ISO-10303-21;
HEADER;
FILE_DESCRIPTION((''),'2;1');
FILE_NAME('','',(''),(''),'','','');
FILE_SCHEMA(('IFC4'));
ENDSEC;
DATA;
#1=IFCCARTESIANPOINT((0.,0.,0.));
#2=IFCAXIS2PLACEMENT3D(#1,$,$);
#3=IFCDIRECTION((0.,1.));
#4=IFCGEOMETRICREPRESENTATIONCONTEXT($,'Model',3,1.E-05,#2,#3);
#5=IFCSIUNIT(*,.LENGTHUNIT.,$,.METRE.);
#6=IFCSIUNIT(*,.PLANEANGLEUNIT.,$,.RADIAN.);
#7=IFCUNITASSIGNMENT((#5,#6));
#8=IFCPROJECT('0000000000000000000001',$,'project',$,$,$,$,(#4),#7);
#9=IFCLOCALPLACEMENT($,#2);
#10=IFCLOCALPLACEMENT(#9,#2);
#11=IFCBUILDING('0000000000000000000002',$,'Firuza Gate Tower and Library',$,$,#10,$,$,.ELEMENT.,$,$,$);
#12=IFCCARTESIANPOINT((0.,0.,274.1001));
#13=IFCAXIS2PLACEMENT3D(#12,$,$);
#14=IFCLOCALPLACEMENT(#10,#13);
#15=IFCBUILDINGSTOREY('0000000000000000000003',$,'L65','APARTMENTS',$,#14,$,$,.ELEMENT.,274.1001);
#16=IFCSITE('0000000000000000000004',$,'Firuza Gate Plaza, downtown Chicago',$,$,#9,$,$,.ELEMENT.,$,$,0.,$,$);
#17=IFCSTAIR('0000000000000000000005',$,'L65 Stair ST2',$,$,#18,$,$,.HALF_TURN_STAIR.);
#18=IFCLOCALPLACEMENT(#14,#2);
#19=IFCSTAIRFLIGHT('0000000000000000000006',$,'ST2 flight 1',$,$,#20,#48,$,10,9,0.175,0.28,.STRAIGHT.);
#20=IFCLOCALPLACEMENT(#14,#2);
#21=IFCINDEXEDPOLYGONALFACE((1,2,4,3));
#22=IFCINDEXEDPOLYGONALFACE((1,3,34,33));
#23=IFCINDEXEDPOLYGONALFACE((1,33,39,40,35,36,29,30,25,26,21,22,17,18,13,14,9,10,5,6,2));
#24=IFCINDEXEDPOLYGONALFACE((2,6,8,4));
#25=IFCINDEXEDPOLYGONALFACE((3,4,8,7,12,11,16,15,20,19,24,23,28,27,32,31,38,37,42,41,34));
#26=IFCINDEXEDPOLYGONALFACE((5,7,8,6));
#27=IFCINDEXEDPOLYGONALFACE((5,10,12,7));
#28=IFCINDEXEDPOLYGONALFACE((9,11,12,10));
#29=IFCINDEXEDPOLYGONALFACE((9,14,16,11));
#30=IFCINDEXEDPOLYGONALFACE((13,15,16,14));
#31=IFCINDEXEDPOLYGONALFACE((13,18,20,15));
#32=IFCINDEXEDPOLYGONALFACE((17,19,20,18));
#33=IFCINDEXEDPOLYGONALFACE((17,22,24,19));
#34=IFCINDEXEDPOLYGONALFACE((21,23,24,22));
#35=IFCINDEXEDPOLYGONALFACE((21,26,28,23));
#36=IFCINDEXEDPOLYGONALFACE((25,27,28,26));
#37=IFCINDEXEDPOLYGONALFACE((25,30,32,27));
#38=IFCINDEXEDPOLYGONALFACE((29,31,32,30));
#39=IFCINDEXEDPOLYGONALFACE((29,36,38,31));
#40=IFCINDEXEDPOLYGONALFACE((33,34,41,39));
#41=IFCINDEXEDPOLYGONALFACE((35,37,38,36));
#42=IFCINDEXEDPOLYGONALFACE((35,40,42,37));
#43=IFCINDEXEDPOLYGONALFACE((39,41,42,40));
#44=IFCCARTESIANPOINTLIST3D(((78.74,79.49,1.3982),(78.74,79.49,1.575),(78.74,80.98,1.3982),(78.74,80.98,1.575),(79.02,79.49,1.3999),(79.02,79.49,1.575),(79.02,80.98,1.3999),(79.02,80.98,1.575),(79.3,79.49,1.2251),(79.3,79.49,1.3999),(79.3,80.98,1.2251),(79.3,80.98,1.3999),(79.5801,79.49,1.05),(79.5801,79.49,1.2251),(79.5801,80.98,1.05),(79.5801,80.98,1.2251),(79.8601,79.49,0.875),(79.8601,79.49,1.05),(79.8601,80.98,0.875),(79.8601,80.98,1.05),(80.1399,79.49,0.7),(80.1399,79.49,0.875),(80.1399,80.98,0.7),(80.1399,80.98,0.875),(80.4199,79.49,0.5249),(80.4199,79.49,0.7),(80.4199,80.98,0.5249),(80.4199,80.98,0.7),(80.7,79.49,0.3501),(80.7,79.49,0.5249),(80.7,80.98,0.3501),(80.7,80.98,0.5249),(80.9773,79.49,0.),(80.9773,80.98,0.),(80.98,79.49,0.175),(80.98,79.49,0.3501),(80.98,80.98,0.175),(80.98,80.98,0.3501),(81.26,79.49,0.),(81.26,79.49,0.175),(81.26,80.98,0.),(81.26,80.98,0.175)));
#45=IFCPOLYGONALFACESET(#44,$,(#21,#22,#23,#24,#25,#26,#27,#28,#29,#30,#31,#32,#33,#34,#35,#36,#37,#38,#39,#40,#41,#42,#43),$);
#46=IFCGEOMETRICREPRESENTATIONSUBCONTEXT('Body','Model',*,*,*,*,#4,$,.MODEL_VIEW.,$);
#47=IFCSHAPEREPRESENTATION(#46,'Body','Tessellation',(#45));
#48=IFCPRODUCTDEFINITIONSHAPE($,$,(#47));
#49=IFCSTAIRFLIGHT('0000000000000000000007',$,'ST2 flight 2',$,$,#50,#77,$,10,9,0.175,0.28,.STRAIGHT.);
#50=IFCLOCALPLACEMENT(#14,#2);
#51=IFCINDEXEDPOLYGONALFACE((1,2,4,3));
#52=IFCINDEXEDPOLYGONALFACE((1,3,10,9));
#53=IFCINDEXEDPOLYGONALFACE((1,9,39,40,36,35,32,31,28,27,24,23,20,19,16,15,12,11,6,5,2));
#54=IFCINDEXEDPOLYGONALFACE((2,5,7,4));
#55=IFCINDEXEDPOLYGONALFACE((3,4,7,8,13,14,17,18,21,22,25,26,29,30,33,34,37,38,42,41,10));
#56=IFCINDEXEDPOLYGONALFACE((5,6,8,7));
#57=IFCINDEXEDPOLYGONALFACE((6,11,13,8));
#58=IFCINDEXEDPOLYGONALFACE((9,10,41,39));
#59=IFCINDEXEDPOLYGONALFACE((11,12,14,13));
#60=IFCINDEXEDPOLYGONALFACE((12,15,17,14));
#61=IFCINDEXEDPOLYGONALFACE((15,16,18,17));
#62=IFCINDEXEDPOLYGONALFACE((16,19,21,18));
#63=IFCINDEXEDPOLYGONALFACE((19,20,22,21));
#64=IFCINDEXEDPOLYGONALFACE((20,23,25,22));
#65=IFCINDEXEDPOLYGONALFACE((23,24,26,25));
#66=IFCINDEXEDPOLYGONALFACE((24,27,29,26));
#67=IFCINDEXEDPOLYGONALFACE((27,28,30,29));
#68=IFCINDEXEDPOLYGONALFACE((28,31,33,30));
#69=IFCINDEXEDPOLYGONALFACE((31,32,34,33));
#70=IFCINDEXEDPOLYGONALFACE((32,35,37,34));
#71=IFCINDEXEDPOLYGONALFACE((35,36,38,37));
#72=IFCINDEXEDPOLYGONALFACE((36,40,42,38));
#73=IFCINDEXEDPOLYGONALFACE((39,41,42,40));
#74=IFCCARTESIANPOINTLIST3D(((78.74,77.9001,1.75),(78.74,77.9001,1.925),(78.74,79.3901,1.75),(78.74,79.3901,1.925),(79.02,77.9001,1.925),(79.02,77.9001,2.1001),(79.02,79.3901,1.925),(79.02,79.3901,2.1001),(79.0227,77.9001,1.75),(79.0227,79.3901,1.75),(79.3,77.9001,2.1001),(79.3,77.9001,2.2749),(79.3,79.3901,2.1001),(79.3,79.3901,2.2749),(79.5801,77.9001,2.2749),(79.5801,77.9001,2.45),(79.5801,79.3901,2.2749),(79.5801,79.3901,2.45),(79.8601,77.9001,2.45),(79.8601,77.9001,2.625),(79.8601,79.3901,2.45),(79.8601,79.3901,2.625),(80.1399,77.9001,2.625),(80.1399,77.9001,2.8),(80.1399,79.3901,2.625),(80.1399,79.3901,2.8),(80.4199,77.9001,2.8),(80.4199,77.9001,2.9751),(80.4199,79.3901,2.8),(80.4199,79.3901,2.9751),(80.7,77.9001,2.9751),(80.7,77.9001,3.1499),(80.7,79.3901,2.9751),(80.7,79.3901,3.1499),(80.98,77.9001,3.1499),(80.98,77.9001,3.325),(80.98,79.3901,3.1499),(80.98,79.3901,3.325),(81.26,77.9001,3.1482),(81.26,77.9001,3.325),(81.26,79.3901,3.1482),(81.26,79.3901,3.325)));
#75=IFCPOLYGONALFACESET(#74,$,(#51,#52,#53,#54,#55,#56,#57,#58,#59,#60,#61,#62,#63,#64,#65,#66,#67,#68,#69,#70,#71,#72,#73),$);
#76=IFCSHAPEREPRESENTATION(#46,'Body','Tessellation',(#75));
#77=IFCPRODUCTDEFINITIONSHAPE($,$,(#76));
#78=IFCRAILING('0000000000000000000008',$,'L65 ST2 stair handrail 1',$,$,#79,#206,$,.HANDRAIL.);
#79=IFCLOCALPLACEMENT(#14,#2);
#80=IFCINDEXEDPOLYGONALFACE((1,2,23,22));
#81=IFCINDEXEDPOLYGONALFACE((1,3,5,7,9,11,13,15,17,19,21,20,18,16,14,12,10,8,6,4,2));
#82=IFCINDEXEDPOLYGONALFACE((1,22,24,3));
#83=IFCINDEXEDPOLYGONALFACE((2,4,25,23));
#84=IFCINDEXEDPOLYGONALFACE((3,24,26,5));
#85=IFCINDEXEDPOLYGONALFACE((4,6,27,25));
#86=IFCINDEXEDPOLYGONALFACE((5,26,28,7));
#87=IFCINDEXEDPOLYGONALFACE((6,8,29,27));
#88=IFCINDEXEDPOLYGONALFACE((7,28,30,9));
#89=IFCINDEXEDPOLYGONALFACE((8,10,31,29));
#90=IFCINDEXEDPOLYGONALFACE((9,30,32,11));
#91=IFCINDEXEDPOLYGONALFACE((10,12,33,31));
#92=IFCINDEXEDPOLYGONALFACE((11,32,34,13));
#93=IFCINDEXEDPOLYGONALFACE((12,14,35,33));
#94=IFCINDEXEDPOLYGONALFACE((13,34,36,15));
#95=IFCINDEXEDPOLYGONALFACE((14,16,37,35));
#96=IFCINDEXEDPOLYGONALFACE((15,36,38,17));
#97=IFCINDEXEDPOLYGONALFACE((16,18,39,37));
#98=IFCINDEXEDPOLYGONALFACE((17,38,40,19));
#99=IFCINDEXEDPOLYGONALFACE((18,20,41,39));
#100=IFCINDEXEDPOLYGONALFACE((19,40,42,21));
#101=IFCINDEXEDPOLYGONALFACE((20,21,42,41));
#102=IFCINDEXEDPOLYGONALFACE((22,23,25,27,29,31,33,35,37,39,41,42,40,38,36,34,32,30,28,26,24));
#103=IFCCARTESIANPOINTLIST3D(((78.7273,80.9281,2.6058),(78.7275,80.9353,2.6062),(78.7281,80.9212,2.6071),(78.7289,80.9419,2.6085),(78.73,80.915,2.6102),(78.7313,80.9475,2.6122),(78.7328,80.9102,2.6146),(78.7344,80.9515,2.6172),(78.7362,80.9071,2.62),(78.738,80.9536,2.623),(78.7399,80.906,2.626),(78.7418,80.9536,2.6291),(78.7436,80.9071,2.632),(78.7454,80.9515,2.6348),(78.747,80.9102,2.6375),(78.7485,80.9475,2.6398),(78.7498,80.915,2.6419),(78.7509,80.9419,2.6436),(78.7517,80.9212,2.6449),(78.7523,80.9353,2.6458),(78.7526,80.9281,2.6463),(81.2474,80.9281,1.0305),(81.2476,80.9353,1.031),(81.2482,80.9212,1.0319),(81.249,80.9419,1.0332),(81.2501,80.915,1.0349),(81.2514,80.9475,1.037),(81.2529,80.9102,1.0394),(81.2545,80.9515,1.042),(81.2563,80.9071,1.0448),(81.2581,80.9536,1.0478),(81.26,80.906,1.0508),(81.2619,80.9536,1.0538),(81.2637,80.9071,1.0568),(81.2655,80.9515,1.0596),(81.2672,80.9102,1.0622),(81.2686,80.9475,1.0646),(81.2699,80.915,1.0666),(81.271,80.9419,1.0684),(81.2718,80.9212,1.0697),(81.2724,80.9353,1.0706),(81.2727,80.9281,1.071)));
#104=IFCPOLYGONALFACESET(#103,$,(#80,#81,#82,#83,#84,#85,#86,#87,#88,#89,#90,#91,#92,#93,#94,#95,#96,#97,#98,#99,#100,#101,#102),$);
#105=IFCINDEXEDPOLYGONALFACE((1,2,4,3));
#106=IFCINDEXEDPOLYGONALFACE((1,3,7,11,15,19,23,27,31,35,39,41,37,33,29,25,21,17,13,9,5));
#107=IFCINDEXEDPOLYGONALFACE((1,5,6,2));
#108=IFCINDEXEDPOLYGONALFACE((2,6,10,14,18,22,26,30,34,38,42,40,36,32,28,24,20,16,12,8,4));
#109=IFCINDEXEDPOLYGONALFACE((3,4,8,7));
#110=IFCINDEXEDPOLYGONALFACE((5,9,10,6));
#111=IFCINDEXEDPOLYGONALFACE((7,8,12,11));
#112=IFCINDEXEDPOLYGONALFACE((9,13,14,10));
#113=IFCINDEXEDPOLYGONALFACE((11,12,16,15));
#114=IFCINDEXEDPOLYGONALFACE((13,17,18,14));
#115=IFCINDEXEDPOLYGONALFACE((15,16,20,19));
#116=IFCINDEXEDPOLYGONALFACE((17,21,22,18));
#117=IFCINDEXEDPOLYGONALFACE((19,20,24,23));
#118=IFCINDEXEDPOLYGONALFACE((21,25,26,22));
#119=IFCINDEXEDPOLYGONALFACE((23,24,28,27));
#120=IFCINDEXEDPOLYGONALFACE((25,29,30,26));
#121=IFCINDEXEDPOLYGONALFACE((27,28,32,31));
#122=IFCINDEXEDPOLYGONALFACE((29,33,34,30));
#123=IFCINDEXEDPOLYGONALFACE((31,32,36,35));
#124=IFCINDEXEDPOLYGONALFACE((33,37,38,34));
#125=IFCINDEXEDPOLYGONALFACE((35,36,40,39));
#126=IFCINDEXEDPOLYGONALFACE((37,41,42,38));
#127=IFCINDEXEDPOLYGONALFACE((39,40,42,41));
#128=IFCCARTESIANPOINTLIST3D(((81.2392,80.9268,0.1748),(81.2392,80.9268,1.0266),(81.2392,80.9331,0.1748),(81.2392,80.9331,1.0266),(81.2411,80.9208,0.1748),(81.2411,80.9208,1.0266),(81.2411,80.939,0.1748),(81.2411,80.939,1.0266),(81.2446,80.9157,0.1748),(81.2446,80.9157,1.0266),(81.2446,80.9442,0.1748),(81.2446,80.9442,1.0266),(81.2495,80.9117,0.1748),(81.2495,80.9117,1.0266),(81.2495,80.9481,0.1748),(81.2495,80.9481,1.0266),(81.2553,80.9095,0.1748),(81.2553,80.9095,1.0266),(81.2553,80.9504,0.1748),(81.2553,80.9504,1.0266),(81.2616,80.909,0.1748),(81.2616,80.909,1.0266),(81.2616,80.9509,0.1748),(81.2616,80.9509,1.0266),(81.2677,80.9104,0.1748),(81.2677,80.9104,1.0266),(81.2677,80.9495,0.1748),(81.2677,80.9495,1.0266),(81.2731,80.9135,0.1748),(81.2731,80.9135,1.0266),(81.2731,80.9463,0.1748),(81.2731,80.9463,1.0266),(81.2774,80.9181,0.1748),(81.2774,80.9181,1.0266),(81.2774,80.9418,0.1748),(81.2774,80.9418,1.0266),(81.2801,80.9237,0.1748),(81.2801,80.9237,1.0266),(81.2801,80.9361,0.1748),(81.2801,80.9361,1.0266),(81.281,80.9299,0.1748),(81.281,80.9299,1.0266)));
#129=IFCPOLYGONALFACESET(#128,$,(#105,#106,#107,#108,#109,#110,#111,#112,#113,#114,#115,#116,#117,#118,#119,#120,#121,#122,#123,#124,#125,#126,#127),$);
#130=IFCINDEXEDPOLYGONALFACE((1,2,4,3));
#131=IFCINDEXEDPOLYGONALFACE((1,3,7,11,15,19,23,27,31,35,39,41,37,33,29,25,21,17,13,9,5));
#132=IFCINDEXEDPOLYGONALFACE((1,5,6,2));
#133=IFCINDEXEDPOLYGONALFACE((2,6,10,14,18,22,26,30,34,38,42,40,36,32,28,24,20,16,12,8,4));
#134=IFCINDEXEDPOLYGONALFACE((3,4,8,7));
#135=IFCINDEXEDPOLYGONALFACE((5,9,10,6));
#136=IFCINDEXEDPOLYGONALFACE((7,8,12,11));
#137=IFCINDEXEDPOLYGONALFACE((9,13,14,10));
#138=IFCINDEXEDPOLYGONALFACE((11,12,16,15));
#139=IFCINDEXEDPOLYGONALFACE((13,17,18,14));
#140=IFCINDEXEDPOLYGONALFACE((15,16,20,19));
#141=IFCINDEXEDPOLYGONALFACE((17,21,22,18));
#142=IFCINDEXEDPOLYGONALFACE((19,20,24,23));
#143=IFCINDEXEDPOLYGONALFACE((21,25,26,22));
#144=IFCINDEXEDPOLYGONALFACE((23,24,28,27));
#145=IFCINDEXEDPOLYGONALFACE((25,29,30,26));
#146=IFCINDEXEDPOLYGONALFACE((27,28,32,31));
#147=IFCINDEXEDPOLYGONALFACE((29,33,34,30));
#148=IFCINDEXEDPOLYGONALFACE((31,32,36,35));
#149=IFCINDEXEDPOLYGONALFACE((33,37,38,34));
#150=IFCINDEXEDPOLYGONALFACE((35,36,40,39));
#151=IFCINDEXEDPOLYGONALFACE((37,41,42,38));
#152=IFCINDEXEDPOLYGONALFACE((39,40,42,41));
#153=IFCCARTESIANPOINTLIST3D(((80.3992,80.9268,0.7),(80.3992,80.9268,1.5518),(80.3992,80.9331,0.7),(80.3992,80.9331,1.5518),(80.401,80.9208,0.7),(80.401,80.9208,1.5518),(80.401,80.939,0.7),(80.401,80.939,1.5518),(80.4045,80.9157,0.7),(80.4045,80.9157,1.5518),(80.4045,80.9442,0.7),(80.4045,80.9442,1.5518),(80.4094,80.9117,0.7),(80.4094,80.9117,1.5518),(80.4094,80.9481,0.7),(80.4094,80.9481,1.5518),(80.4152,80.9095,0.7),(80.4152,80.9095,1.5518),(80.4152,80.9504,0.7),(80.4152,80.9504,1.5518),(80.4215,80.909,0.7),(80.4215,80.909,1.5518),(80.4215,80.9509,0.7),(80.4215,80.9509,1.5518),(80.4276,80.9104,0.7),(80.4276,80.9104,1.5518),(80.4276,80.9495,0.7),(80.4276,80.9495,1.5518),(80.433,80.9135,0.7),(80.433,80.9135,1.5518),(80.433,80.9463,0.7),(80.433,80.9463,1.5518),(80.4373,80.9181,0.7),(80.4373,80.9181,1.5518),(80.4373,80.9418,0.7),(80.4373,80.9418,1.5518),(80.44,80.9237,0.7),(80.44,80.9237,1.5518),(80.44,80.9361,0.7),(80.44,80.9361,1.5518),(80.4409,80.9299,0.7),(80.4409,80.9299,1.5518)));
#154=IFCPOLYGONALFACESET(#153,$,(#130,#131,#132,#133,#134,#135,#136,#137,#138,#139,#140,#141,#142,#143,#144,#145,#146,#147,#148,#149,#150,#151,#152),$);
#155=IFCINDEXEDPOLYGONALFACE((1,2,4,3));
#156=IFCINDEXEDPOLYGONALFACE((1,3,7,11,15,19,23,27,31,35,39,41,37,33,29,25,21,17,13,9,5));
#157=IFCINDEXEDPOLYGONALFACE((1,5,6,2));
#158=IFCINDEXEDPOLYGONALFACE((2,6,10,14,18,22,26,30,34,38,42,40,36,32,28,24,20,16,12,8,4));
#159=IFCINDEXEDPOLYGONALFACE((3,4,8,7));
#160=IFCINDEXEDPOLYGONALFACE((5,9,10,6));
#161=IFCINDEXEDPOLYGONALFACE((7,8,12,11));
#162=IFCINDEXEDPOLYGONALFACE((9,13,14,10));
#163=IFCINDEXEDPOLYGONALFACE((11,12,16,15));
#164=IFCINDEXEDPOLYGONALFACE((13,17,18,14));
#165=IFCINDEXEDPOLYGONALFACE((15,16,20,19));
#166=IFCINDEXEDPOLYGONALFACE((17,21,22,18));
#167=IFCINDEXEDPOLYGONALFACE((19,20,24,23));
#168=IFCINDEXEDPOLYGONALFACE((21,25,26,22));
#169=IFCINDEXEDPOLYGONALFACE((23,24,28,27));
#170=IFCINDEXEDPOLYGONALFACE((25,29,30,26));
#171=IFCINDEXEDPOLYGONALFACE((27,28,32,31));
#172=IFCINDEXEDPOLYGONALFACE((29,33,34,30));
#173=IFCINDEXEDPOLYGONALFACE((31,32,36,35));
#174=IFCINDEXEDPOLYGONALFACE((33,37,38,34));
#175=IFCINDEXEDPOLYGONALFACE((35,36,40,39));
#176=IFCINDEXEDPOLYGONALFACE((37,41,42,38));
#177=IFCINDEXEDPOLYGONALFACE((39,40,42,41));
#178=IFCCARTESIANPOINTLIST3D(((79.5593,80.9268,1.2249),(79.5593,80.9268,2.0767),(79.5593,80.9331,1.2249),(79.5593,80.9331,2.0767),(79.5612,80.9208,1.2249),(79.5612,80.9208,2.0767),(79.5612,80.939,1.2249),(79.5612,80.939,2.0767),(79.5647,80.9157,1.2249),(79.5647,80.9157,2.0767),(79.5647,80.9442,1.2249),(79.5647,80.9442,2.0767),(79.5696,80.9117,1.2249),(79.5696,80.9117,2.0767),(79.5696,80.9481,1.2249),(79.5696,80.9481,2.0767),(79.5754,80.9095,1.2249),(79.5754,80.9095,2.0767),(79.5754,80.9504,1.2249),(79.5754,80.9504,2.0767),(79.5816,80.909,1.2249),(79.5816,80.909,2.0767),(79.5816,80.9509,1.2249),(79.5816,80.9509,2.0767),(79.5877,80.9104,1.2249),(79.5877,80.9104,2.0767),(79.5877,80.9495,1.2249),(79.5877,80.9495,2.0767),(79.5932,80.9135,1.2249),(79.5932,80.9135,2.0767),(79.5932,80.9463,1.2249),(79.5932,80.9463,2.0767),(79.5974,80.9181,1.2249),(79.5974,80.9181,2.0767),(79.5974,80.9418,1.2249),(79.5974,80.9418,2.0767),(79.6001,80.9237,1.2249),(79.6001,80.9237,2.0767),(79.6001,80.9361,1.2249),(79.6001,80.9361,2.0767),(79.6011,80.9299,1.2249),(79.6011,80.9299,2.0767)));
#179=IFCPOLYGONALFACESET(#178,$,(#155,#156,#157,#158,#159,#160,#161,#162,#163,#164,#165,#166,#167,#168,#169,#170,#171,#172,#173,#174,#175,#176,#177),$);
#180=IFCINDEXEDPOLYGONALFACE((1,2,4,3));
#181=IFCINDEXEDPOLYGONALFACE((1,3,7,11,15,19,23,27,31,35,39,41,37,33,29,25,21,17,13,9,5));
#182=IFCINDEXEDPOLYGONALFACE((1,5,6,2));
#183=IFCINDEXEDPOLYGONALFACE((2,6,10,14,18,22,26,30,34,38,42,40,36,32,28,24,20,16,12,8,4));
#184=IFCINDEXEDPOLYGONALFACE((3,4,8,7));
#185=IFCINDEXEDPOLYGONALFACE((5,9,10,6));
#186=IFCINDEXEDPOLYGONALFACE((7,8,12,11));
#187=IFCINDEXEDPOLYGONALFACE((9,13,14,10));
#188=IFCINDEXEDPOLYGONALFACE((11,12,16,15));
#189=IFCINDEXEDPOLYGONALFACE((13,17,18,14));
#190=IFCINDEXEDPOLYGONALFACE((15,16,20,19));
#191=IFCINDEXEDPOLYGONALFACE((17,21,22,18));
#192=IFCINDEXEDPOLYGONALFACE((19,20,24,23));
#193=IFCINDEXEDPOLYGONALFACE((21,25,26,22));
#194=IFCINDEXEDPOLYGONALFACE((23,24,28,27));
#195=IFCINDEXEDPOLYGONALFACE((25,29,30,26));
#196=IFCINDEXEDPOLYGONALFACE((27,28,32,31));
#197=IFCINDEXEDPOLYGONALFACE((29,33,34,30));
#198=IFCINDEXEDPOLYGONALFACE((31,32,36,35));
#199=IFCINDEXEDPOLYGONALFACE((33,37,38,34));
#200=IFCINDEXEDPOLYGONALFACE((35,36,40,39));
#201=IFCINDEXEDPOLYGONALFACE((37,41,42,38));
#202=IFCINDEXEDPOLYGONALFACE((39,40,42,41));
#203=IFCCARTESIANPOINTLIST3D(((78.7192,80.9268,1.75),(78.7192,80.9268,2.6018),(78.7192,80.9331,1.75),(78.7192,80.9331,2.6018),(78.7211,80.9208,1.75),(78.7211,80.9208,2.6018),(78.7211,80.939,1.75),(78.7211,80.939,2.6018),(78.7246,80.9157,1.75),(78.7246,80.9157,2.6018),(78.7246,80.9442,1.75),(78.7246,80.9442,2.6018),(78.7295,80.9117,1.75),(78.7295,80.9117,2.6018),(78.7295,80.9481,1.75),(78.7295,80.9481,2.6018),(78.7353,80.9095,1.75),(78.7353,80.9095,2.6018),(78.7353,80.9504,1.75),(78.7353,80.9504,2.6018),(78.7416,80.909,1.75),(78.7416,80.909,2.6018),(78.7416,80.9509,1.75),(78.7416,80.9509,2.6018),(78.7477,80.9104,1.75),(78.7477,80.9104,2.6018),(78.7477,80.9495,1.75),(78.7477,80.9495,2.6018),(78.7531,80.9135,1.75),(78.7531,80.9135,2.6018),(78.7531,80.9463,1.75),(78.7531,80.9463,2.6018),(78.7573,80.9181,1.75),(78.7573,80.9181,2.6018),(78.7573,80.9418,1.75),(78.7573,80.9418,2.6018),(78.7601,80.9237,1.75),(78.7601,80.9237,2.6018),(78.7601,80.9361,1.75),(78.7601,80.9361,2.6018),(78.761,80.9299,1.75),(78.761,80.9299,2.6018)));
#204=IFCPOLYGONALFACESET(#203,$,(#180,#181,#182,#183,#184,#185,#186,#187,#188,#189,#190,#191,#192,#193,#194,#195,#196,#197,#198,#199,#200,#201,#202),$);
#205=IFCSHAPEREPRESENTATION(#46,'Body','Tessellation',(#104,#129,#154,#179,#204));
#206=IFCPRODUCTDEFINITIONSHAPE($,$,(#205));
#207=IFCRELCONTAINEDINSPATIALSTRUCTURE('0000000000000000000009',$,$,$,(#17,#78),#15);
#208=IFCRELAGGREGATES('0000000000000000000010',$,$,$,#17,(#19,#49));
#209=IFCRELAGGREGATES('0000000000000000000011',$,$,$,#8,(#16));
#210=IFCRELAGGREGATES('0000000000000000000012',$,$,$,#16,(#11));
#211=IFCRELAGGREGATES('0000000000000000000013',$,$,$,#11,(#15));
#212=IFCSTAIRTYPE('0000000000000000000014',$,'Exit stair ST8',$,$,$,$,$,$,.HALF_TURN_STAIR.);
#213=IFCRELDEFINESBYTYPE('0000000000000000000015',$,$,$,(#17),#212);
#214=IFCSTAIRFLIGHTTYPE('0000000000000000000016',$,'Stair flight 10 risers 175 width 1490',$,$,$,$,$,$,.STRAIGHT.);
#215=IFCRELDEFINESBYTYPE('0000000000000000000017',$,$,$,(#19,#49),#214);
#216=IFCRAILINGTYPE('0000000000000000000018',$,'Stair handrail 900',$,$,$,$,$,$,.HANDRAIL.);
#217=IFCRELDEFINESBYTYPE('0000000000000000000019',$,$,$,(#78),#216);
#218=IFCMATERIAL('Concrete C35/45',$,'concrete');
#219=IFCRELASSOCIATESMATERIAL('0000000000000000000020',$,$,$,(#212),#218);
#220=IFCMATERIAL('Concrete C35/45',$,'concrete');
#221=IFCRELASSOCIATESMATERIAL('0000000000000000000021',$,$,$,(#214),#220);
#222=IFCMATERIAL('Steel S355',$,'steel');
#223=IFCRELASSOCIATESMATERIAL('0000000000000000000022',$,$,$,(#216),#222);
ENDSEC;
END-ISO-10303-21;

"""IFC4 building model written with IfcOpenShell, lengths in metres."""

from ifc_helpers import new_model, si_unit, direction, frame, origin, origin_2d, place, context, subcontext, project, spatial, polyline, circle, outline, extrude, material, type_object, element, aggregate, save


model = new_model("IFC4")

# Units and contexts
model_context = context("Model", 3, precision=1e-05, world=origin(), true_north=direction((0.0, 1.0)))
body_context = subcontext(model_context, "Body", "Model", "MODEL_VIEW")
ifc_project = project(units=[si_unit("LENGTHUNIT", "METRE"), si_unit("PLANEANGLEUNIT", "RADIAN")], contexts=[model_context])

# Site, building, storey
site_placement = place(None, origin())
site = spatial("IfcSite", under=ifc_project, at=site_placement, Name="Firuza Gate Plaza, downtown Chicago", CompositionType="ELEMENT", RefElevation=0.0)
building_placement = place(site_placement, origin())
building = spatial("IfcBuilding", under=site, at=building_placement, Name="Firuza Gate Tower and Library", CompositionType="ELEMENT")
storey_placement = place(building_placement, frame((0.0, 0.0, 274.1001)))
storey = spatial("IfcBuildingStorey", under=building, at=storey_placement, Name="L65", Description="APARTMENTS", CompositionType="ELEMENT", Elevation=274.1001)

# Shared definitions
placement = place(storey_placement, origin())

# Stair, stair flights
ifc_material_1 = material(Name="Concrete C35/45", Category="concrete")
stair_type = type_object("IfcStairType", Name="Exit stair ST8", PredefinedType="HALF_TURN_STAIR", material=ifc_material_1)
stair = element("IfcStair", 1, at=placement, inside=storey, type_object=stair_type, Name="L65 Stair ST2", PredefinedType="HALF_TURN_STAIR")
ifc_material_2 = material(Name="Concrete C35/45", Category="concrete")
stair_flight_type = type_object("IfcStairFlightType", Name="Stair flight 10 risers 175 width 1490", PredefinedType="STRAIGHT", material=ifc_material_2)
stair_flight_1_placement = place(storey_placement, frame((81.26, 80.2351, 0.0), z_axis=(0.0, 0.0, 1.0), x_axis=(-1.0, 0.0, 0.0)))
stair_flight_1 = element("IfcStairFlight", 2, at=stair_flight_1_placement, type_object=stair_flight_type, Name="ST2 flight 1", NumberOfRisers=10, NumberOfTreads=9, PredefinedType="STRAIGHT", RiserHeight=0.175, TreadLength=0.28, context=body_context, shape_type="SweptSolid", body=[
    extrude(outline(polyline([(0.0, 0.0), (0.0, 0.175), (0.28, 0.175), (0.28, 0.3501), (0.5601, 0.3501), (0.5601, 0.5249), (0.8401, 0.5249), (0.8401, 0.7), (1.1201, 0.7), (1.1201, 0.875), (1.3999, 0.875), (1.3999, 1.05), (1.6799, 1.05), (1.6799, 1.2251), (1.96, 1.2251), (1.96, 1.3999), (2.24, 1.3999), (2.24, 1.575), (2.52, 1.575), (2.52, 1.75), (2.52, 1.3982), (0.2827, 0.0), (0.0, 0.0)])), frame((0.0, 0.7451, 0.0), z_axis=(0.0, -1.0, 0.0), x_axis=(1.0, 0.0, 0.0)), (0.0, 0.0, 1.0), 1.49),
])
stair_flight_2_placement = place(storey_placement, frame((78.74, 78.645, 1.75), z_axis=(0.0, 0.0, 1.0), x_axis=(1.0, 0.0, 0.0)))
stair_flight_2 = element("IfcStairFlight", 3, at=stair_flight_2_placement, type_object=stair_flight_type, Name="ST2 flight 2", NumberOfRisers=10, NumberOfTreads=9, PredefinedType="STRAIGHT", RiserHeight=0.175, TreadLength=0.28, context=body_context, shape_type="SweptSolid", body=[
    extrude(outline(polyline([(0.0, 0.0), (0.0, 0.175), (0.28, 0.175), (0.28, 0.3501), (0.5601, 0.3501), (0.5601, 0.5249), (0.8401, 0.5249), (0.8401, 0.7), (1.1201, 0.7), (1.1201, 0.875), (1.3999, 0.875), (1.3999, 1.05), (1.6799, 1.05), (1.6799, 1.2251), (1.96, 1.2251), (1.96, 1.3999), (2.24, 1.3999), (2.24, 1.575), (2.52, 1.575), (2.52, 1.75), (2.52, 1.3982), (0.2827, 0.0), (0.0, 0.0)])), frame((0.0, 0.7451, 0.0), z_axis=(0.0, -1.0, 0.0), x_axis=(1.0, 0.0, 0.0)), (0.0, 0.0, 1.0), 1.49),
])
aggregate(stair, [stair_flight_1, stair_flight_2])

# Railing
ifc_material_3 = material(Name="Steel S355", Category="steel")
railing_type_1 = type_object("IfcRailingType", Name="Stair handrail 900", PredefinedType="HANDRAIL", material=ifc_material_3)
railing_1_placement = place(storey_placement, frame((81.26, 80.9299, 0.1748)))
element("IfcRailing", 4, at=railing_1_placement, inside=storey, type_object=railing_type_1, Name="L65 ST2 stair handrail 1", PredefinedType="HANDRAIL", context=body_context, shape_type="SweptSolid", body=[
    extrude(circle(Radius=0.0239, at=origin_2d()), frame((0.0, 0.0, 0.876), z_axis=(-0.847971, 0.0, 0.530043), x_axis=(0.0, -1.0, 0.0)), (0.0, 0.0, 1.0), 2.9719),
    extrude(circle(Radius=0.021, at=origin_2d()), origin(), (0.0, 0.0, 1.0), 0.8518),
    extrude(circle(Radius=0.021, at=origin_2d()), frame((-0.8401, 0.0, 0.5251)), (0.0, 0.0, 1.0), 0.8518),
    extrude(circle(Radius=0.021, at=origin_2d()), frame((-1.6799, 0.0, 1.05)), (0.0, 0.0, 1.0), 0.8518),
    extrude(circle(Radius=0.021, at=origin_2d()), frame((-2.52, 0.0, 1.5752)), (0.0, 0.0, 1.0), 0.8518),
])

save(model, "model.ifc")
